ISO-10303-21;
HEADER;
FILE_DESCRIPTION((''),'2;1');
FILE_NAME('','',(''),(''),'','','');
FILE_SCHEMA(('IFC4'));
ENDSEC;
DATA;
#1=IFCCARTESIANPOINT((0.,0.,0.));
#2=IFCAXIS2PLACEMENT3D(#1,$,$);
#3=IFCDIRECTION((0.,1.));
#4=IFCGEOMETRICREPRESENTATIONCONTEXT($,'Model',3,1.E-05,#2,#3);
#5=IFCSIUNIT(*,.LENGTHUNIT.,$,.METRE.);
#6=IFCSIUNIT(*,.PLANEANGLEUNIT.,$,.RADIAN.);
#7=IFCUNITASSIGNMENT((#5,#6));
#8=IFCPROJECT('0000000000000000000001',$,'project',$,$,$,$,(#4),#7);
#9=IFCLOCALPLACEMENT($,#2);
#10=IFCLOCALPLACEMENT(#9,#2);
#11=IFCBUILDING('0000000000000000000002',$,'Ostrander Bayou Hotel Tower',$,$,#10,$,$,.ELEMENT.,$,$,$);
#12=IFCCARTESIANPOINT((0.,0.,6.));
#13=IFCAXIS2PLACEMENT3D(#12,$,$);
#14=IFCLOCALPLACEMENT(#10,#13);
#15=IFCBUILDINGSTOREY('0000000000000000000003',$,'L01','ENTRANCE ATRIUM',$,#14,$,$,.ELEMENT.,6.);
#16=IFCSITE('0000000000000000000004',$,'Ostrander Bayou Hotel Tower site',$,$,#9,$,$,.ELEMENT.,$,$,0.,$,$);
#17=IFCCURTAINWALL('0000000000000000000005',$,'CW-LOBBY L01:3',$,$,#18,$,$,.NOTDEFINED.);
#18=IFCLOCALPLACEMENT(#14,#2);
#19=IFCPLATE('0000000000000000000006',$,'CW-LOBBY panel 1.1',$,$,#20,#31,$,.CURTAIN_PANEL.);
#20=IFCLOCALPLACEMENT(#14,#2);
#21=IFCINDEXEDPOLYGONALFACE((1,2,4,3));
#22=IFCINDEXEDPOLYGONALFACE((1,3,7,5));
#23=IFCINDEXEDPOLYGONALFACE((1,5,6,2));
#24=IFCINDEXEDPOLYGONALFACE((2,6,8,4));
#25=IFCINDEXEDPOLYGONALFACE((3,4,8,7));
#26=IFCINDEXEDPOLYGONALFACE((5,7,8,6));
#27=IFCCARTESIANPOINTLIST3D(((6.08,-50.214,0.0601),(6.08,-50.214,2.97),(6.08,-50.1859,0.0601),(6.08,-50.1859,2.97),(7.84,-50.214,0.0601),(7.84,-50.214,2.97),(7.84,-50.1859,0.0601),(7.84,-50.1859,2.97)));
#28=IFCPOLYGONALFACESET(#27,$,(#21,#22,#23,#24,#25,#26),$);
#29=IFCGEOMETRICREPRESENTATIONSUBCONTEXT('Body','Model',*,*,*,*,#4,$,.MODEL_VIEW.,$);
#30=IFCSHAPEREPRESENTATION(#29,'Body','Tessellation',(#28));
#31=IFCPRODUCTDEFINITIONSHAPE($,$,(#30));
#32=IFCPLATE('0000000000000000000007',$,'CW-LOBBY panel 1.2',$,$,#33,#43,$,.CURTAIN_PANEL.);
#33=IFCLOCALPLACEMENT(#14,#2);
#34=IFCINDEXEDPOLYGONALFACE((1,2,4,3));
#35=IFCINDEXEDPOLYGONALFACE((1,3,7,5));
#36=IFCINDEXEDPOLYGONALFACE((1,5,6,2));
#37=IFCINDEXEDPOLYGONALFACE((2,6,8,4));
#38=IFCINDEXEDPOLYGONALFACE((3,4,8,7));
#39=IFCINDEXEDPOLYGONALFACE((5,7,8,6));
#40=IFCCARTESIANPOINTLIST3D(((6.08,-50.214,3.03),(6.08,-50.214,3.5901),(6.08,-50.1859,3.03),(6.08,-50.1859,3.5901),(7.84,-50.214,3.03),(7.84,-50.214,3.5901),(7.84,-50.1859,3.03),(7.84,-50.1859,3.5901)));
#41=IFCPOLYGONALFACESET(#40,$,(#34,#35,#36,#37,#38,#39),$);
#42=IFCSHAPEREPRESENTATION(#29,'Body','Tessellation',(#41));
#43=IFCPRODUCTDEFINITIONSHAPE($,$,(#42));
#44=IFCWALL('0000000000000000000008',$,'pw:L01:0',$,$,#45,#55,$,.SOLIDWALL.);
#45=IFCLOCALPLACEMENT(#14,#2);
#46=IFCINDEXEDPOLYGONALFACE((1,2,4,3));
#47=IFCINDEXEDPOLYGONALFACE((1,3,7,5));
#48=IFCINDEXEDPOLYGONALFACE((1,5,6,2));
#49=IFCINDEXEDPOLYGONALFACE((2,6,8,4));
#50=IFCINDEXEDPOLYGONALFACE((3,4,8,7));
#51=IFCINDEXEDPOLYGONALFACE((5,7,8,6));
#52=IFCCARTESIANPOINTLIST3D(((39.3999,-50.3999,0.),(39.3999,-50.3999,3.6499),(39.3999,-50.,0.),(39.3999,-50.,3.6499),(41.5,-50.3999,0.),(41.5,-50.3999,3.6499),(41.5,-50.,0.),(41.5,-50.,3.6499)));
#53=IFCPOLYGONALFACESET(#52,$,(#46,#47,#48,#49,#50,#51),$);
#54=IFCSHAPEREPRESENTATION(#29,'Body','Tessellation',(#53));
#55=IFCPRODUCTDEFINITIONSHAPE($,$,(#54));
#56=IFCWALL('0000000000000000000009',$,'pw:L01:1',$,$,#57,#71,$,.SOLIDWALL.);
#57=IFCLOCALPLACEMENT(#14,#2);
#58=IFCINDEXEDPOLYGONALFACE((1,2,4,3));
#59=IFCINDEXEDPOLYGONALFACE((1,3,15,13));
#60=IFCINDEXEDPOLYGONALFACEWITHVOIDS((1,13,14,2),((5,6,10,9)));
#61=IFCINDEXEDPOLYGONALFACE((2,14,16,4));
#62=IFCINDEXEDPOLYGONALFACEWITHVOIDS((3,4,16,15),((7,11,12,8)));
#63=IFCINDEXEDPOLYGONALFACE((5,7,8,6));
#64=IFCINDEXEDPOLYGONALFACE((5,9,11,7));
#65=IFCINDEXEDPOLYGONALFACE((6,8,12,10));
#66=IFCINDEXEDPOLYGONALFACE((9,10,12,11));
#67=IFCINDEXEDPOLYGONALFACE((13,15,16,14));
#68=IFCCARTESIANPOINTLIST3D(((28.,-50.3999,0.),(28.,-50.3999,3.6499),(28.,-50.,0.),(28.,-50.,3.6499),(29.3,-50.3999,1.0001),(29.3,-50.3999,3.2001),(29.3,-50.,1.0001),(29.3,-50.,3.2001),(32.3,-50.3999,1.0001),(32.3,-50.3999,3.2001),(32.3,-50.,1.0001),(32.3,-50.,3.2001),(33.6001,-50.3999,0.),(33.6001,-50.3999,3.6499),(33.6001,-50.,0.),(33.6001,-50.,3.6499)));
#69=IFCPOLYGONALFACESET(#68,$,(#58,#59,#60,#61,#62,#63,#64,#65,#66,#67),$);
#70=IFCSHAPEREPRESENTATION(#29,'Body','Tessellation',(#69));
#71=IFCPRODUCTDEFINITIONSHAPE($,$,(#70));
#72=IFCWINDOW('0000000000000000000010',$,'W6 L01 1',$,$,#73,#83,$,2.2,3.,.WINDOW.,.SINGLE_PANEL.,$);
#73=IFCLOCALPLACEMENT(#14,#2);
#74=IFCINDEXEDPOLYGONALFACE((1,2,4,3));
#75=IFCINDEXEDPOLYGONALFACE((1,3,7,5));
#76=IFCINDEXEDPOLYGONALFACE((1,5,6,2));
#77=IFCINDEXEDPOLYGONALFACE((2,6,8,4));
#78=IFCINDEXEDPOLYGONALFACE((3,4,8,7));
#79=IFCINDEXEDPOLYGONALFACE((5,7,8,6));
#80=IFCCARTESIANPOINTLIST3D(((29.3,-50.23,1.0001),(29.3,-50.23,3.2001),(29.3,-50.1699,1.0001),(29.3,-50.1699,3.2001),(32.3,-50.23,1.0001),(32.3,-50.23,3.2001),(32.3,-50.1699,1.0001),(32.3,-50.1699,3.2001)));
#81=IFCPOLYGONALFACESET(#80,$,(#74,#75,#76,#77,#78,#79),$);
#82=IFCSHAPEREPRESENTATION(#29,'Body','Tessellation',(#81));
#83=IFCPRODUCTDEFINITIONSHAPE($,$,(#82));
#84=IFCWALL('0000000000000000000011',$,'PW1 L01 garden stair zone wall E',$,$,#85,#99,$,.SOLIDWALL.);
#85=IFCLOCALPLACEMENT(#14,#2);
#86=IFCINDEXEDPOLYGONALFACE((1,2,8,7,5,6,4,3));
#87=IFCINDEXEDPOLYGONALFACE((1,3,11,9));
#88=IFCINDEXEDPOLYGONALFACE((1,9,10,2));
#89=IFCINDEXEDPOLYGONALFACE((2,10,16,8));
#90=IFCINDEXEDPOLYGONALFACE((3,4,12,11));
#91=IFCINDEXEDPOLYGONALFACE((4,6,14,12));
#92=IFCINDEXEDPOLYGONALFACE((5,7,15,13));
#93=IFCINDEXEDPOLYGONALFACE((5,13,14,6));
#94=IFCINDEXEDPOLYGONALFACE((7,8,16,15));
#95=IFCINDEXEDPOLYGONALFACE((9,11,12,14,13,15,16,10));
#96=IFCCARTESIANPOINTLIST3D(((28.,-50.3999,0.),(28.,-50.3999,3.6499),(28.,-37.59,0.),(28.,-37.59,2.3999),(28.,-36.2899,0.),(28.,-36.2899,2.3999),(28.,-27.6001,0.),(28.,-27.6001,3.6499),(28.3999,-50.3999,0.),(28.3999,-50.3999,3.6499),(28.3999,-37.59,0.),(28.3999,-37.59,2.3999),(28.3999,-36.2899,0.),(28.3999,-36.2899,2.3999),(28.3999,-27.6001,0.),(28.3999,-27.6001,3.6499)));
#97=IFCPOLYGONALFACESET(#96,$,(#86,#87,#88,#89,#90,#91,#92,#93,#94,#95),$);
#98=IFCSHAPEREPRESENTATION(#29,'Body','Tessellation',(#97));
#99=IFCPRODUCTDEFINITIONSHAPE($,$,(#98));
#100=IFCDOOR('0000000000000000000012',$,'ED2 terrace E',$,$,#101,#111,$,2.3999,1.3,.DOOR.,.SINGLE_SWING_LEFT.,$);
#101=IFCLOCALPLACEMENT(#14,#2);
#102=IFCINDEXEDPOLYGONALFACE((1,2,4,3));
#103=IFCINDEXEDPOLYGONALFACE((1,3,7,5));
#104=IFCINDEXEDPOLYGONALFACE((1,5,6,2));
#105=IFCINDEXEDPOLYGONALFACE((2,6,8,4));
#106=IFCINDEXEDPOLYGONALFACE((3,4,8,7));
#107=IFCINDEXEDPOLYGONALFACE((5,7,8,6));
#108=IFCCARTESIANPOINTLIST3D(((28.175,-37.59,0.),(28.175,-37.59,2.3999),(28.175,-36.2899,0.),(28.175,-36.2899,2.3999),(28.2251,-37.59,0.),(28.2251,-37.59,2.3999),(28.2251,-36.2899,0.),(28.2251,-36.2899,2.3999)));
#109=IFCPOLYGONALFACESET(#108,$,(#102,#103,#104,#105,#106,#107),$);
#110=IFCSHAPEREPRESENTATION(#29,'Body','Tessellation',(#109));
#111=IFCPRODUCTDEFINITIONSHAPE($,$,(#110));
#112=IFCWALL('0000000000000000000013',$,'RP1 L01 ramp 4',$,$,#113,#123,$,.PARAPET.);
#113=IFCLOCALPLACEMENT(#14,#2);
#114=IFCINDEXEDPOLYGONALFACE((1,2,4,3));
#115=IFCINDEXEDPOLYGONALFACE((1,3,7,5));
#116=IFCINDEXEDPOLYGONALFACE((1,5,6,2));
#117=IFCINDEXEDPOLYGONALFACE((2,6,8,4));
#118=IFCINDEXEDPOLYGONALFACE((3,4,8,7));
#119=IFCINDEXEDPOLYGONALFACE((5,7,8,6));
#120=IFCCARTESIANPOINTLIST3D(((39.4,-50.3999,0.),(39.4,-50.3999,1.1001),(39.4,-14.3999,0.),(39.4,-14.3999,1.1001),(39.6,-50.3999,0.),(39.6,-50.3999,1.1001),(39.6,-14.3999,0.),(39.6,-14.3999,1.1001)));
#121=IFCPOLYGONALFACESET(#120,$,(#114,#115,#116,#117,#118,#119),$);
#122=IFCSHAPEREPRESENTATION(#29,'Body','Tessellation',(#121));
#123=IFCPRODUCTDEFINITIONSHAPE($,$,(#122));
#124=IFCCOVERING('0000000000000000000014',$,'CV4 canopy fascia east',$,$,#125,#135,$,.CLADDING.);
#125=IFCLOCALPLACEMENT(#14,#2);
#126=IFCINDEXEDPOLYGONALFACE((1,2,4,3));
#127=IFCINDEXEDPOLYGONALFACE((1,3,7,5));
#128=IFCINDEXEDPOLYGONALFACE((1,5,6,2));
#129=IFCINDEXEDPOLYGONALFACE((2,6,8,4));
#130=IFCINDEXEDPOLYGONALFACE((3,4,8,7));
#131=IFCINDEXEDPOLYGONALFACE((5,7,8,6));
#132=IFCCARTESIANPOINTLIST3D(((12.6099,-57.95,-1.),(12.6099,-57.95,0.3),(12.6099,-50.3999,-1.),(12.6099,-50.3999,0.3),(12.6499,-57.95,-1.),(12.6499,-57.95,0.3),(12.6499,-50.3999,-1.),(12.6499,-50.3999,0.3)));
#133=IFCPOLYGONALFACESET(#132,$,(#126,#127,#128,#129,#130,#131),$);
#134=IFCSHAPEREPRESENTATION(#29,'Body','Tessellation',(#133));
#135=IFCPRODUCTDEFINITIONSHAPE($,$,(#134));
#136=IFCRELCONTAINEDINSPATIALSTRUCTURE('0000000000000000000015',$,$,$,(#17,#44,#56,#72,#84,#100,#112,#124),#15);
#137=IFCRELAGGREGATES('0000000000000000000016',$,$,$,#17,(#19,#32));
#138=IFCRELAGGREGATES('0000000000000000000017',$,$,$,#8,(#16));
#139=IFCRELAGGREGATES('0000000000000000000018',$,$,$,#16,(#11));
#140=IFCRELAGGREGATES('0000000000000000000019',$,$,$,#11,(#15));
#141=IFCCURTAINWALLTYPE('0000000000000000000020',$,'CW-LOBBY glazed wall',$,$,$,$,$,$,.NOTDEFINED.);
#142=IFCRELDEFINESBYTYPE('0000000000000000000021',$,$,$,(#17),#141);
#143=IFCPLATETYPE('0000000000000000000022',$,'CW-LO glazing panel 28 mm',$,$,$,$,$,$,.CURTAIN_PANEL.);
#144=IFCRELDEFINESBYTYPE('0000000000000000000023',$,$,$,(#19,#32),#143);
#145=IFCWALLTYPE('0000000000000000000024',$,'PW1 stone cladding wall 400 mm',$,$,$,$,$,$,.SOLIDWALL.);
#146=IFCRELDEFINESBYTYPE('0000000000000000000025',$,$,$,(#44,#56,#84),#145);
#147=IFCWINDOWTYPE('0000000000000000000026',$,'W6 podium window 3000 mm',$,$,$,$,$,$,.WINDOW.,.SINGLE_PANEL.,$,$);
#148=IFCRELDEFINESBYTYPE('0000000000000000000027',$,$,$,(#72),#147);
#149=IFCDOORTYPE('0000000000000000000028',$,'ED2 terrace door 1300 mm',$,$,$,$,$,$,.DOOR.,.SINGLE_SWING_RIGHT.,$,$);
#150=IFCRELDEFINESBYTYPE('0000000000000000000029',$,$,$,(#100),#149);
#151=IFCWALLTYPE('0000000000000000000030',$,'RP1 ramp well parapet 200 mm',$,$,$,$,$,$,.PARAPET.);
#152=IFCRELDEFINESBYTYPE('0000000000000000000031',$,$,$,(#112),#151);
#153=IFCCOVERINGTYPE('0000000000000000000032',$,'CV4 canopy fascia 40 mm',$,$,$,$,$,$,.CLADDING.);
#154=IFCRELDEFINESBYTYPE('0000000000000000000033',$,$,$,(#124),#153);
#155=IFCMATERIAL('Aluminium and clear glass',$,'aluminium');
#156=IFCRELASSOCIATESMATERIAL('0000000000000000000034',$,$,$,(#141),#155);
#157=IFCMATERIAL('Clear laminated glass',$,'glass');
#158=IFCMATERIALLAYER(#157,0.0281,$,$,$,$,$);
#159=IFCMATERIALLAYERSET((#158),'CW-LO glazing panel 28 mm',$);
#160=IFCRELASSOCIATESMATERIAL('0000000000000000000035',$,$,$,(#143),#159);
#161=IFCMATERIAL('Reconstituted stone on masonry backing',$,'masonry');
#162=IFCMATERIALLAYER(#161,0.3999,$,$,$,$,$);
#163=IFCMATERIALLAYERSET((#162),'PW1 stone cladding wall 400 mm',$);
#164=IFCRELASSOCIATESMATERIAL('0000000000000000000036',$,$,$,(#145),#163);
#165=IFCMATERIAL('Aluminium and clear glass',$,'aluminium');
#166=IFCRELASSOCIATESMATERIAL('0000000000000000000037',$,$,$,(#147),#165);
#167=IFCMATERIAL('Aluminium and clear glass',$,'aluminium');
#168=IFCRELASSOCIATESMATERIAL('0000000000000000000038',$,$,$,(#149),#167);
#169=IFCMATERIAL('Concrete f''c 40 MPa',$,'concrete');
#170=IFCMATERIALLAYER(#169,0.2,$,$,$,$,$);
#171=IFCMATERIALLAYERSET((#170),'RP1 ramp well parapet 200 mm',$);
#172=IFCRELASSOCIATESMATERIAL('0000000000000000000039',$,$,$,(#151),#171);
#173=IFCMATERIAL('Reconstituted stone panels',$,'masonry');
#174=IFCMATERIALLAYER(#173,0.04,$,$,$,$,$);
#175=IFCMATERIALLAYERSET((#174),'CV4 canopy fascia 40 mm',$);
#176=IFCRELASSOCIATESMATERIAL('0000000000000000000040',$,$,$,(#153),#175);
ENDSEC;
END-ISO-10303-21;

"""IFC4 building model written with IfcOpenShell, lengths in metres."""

from ifc_helpers import new_model, si_unit, direction, frame, frame_2d, origin, origin_2d, place, context, subcontext, project, spatial, polyline, rectangle, outline, extrude, material, layer, layer_set, type_object, element, fill, aggregate, save


model = new_model("IFC4")

# Units and contexts
model_context = context("Model", 3, precision=1e-05, world=origin(), true_north=direction((0.0, 1.0)))
body_context = subcontext(model_context, "Body", "Model", "MODEL_VIEW")
ifc_project = project(units=[si_unit("LENGTHUNIT", "METRE"), si_unit("PLANEANGLEUNIT", "RADIAN")], contexts=[model_context])

# Site, building, storey
site_placement = place(None, origin())
site = spatial("IfcSite", under=ifc_project, at=site_placement, Name="Ostrander Bayou Hotel Tower site", CompositionType="ELEMENT", RefElevation=0.0)
building_placement = place(site_placement, origin())
building = spatial("IfcBuilding", under=site, at=building_placement, Name="Ostrander Bayou Hotel Tower", CompositionType="ELEMENT")
storey_placement = place(building_placement, frame((0.0, 0.0, 6.0)))
storey = spatial("IfcBuildingStorey", under=building, at=storey_placement, Name="L01", Description="ENTRANCE ATRIUM", CompositionType="ELEMENT", Elevation=6.0)

# Curtain wall
ifc_material_1 = material(Name="Aluminium and clear glass", Category="aluminium")
curtain_wall_type = type_object("IfcCurtainWallType", Name="CW-LOBBY glazed wall", PredefinedType="NOTDEFINED", material=ifc_material_1)
curtain_wall_1_placement = place(storey_placement, origin())
curtain_wall_1 = element("IfcCurtainWall", 1, at=curtain_wall_1_placement, inside=storey, type_object=curtain_wall_type, Name="CW-LOBBY L01:3", PredefinedType="NOTDEFINED")

# Plates
ifc_material_2 = material(Name="Clear laminated glass", Category="glass")
ifc_layer_1 = layer(ifc_material_2, 0.0281)
ifc_layer_set_1 = layer_set([ifc_layer_1], Name="CW-LO glazing panel 28 mm")
plate_type = type_object("IfcPlateType", Name="CW-LO glazing panel 28 mm", PredefinedType="CURTAIN_PANEL", material=ifc_layer_set_1)
plate_1_placement = place(storey_placement, frame((6.96, -50.2, 0.0601), z_axis=(0.0, 0.0, 1.0), x_axis=(-1.0, 0.0, 0.0)))
plate_1 = element("IfcPlate", 2, at=plate_1_placement, type_object=plate_type, Name="CW-LOBBY panel 1.1", PredefinedType="CURTAIN_PANEL", context=body_context, shape_type="SweptSolid", body=[
    extrude(rectangle(XDim=1.76, YDim=0.0281, at=origin_2d()), origin(), (0.0, 0.0, 1.0), 2.9099),
])
plate_2_placement = place(storey_placement, frame((6.96, -50.2, 3.03), z_axis=(0.0, 0.0, 1.0), x_axis=(-1.0, 0.0, 0.0)))
plate_2 = element("IfcPlate", 3, at=plate_2_placement, type_object=plate_type, Name="CW-LOBBY panel 1.2", PredefinedType="CURTAIN_PANEL", context=body_context, shape_type="SweptSolid", body=[
    extrude(rectangle(XDim=1.76, YDim=0.0281, at=origin_2d()), origin(), (0.0, 0.0, 1.0), 0.5601),
])
aggregate(curtain_wall_1, [plate_1, plate_2])

# Wall
ifc_material_3 = material(Name="Reconstituted stone on masonry backing", Category="masonry")
ifc_layer_2 = layer(ifc_material_3, 0.3999)
ifc_layer_set_2 = layer_set([ifc_layer_2], Name="PW1 stone cladding wall 400 mm")
wall_type_1 = type_object("IfcWallType", Name="PW1 stone cladding wall 400 mm", PredefinedType="SOLIDWALL", material=ifc_layer_set_2)
wall_1_placement = place(storey_placement, frame((41.5, -50.2, 0.0), z_axis=(0.0, 0.0, 1.0), x_axis=(-1.0, 0.0, 0.0)))
element("IfcWall", 4, at=wall_1_placement, inside=storey, type_object=wall_type_1, Name="pw:L01:0", PredefinedType="SOLIDWALL", context=body_context, shape_type="SweptSolid", body=[
    extrude(rectangle(XDim=2.1001, YDim=0.3999, at=frame_2d((1.05, 0.0))), origin(), (0.0, 0.0, 1.0), 3.6499),
])

# Wall, opening, window
wall_2_placement = place(storey_placement, frame((33.6001, -50.2, 0.0), z_axis=(0.0, 0.0, 1.0), x_axis=(-1.0, 0.0, 0.0)))
wall_2 = element("IfcWall", 5, at=wall_2_placement, inside=storey, type_object=wall_type_1, Name="pw:L01:1", PredefinedType="SOLIDWALL", context=body_context, shape_type="SweptSolid", body=[
    extrude(rectangle(XDim=5.6001, YDim=0.3999, at=frame_2d((2.8, 0.0))), origin(), (0.0, 0.0, 1.0), 3.6499),
])
opening_1_placement = place(wall_2_placement, frame((1.3, 0.0, 1.0)))
opening_1 = element("IfcOpeningElement", 6, at=opening_1_placement, cuts=wall_2, PredefinedType="OPENING", context=body_context, shape_type="SweptSolid", body=[
    extrude(rectangle(XDim=3.0, YDim=2.2, at=frame_2d((1.5, 1.1001))), frame((0.0, 0.2, 0.0), z_axis=(0.0, -1.0, 0.0), x_axis=(1.0, 0.0, 0.0)), (0.0, 0.0, 1.0), 0.3999),
])
ifc_material_4 = material(Name="Aluminium and clear glass", Category="aluminium")
window_type = type_object("IfcWindowType", Name="W6 podium window 3000 mm", PartitioningType="SINGLE_PANEL", PredefinedType="WINDOW", material=ifc_material_4)
window_placement = place(opening_1_placement, origin())
window = element("IfcWindow", 7, at=window_placement, inside=storey, type_object=window_type, Name="W6 L01 1", OverallHeight=2.2, OverallWidth=3.0, PartitioningType="SINGLE_PANEL", PredefinedType="WINDOW", context=body_context, shape_type="SweptSolid", body=[
    extrude(rectangle(XDim=3.0, YDim=2.2, at=frame_2d((1.5, 1.1001))), frame((0.0, 0.03, 0.0), z_axis=(0.0, -1.0, 0.0), x_axis=(1.0, 0.0, 0.0)), (0.0, 0.0, 1.0), 0.0601),
])
fill(opening_1, window)

# Wall, opening, door
wall_3_placement = place(storey_placement, frame((28.2, -50.3999, 0.0), z_axis=(0.0, 0.0, 1.0), x_axis=(0.0, 1.0, 0.0)))
wall_3 = element("IfcWall", 8, at=wall_3_placement, inside=storey, type_object=wall_type_1, Name="PW1 L01 garden stair zone wall E", PredefinedType="SOLIDWALL", context=body_context, shape_type="SweptSolid", body=[
    extrude(rectangle(XDim=22.7998, YDim=0.3999, at=frame_2d((11.3999, 0.0))), origin(), (0.0, 0.0, 1.0), 3.6499),
])
opening_2_placement = place(wall_3_placement, frame((12.8101, 0.0, 0.0)))
opening_2 = element("IfcOpeningElement", 9, at=opening_2_placement, cuts=wall_3, PredefinedType="OPENING", context=body_context, shape_type="SweptSolid", body=[
    extrude(rectangle(XDim=1.3, YDim=2.3999, at=frame_2d((0.6499, 1.2))), frame((0.0, 0.2, 0.0), z_axis=(0.0, -1.0, 0.0), x_axis=(1.0, 0.0, 0.0)), (0.0, 0.0, 1.0), 0.3999),
])
ifc_material_5 = material(Name="Aluminium and clear glass", Category="aluminium")
door_type = type_object("IfcDoorType", Name="ED2 terrace door 1300 mm", OperationType="SINGLE_SWING_RIGHT", PredefinedType="DOOR", material=ifc_material_5)
door_placement = place(opening_2_placement, origin())
door = element("IfcDoor", 10, at=door_placement, inside=storey, type_object=door_type, Name="ED2 terrace E", OperationType="SINGLE_SWING_LEFT", OverallHeight=2.3999, OverallWidth=1.3, PredefinedType="DOOR", context=body_context, shape_type="SweptSolid", body=[
    extrude(rectangle(XDim=1.3, YDim=2.3999, at=frame_2d((0.6499, 1.2))), frame((0.0, 0.0249, 0.0), z_axis=(0.0, -1.0, 0.0), x_axis=(1.0, 0.0, 0.0)), (0.0, 0.0, 1.0), 0.05),
])
fill(opening_2, door)

# Wall
ifc_material_6 = material(Name="Concrete f'c 40 MPa", Category="concrete")
ifc_layer_3 = layer(ifc_material_6, 0.2)
ifc_layer_set_3 = layer_set([ifc_layer_3], Name="RP1 ramp well parapet 200 mm")
wall_type_2 = type_object("IfcWallType", Name="RP1 ramp well parapet 200 mm", PredefinedType="PARAPET", material=ifc_layer_set_3)
wall_4_placement = place(storey_placement, frame((39.5, -50.3999, 0.0), z_axis=(0.0, 0.0, 1.0), x_axis=(0.0, 1.0, 0.0)))
element("IfcWall", 11, at=wall_4_placement, inside=storey, type_object=wall_type_2, Name="RP1 L01 ramp 4", PredefinedType="PARAPET", context=body_context, shape_type="SweptSolid", body=[
    extrude(rectangle(XDim=36.0, YDim=0.2, at=frame_2d((18.0, 0.0))), origin(), (0.0, 0.0, 1.0), 1.1001),
])

# Covering
ifc_material_7 = material(Name="Reconstituted stone panels", Category="masonry")
ifc_layer_4 = layer(ifc_material_7, 0.04)
ifc_layer_set_4 = layer_set([ifc_layer_4], Name="CV4 canopy fascia 40 mm")
covering_type = type_object("IfcCoveringType", Name="CV4 canopy fascia 40 mm", PredefinedType="CLADDING", material=ifc_layer_set_4)
covering_placement = place(storey_placement, frame((12.6499, -57.95, -1.0), z_axis=(1.0, 0.0, 0.0), x_axis=(0.0, 1.0, 0.0)))
element("IfcCovering", 12, at=covering_placement, inside=storey, type_object=covering_type, Name="CV4 canopy fascia east", PredefinedType="CLADDING", context=body_context, shape_type="SweptSolid", body=[
    extrude(outline(polyline([(0.0, 0.0), (7.55, 0.0), (7.55, 1.3), (0.0, 1.3), (0.0, 0.0)])), origin(), (0.0, 0.0, -1.0), 0.04),
])

save(model, "model.ifc")
